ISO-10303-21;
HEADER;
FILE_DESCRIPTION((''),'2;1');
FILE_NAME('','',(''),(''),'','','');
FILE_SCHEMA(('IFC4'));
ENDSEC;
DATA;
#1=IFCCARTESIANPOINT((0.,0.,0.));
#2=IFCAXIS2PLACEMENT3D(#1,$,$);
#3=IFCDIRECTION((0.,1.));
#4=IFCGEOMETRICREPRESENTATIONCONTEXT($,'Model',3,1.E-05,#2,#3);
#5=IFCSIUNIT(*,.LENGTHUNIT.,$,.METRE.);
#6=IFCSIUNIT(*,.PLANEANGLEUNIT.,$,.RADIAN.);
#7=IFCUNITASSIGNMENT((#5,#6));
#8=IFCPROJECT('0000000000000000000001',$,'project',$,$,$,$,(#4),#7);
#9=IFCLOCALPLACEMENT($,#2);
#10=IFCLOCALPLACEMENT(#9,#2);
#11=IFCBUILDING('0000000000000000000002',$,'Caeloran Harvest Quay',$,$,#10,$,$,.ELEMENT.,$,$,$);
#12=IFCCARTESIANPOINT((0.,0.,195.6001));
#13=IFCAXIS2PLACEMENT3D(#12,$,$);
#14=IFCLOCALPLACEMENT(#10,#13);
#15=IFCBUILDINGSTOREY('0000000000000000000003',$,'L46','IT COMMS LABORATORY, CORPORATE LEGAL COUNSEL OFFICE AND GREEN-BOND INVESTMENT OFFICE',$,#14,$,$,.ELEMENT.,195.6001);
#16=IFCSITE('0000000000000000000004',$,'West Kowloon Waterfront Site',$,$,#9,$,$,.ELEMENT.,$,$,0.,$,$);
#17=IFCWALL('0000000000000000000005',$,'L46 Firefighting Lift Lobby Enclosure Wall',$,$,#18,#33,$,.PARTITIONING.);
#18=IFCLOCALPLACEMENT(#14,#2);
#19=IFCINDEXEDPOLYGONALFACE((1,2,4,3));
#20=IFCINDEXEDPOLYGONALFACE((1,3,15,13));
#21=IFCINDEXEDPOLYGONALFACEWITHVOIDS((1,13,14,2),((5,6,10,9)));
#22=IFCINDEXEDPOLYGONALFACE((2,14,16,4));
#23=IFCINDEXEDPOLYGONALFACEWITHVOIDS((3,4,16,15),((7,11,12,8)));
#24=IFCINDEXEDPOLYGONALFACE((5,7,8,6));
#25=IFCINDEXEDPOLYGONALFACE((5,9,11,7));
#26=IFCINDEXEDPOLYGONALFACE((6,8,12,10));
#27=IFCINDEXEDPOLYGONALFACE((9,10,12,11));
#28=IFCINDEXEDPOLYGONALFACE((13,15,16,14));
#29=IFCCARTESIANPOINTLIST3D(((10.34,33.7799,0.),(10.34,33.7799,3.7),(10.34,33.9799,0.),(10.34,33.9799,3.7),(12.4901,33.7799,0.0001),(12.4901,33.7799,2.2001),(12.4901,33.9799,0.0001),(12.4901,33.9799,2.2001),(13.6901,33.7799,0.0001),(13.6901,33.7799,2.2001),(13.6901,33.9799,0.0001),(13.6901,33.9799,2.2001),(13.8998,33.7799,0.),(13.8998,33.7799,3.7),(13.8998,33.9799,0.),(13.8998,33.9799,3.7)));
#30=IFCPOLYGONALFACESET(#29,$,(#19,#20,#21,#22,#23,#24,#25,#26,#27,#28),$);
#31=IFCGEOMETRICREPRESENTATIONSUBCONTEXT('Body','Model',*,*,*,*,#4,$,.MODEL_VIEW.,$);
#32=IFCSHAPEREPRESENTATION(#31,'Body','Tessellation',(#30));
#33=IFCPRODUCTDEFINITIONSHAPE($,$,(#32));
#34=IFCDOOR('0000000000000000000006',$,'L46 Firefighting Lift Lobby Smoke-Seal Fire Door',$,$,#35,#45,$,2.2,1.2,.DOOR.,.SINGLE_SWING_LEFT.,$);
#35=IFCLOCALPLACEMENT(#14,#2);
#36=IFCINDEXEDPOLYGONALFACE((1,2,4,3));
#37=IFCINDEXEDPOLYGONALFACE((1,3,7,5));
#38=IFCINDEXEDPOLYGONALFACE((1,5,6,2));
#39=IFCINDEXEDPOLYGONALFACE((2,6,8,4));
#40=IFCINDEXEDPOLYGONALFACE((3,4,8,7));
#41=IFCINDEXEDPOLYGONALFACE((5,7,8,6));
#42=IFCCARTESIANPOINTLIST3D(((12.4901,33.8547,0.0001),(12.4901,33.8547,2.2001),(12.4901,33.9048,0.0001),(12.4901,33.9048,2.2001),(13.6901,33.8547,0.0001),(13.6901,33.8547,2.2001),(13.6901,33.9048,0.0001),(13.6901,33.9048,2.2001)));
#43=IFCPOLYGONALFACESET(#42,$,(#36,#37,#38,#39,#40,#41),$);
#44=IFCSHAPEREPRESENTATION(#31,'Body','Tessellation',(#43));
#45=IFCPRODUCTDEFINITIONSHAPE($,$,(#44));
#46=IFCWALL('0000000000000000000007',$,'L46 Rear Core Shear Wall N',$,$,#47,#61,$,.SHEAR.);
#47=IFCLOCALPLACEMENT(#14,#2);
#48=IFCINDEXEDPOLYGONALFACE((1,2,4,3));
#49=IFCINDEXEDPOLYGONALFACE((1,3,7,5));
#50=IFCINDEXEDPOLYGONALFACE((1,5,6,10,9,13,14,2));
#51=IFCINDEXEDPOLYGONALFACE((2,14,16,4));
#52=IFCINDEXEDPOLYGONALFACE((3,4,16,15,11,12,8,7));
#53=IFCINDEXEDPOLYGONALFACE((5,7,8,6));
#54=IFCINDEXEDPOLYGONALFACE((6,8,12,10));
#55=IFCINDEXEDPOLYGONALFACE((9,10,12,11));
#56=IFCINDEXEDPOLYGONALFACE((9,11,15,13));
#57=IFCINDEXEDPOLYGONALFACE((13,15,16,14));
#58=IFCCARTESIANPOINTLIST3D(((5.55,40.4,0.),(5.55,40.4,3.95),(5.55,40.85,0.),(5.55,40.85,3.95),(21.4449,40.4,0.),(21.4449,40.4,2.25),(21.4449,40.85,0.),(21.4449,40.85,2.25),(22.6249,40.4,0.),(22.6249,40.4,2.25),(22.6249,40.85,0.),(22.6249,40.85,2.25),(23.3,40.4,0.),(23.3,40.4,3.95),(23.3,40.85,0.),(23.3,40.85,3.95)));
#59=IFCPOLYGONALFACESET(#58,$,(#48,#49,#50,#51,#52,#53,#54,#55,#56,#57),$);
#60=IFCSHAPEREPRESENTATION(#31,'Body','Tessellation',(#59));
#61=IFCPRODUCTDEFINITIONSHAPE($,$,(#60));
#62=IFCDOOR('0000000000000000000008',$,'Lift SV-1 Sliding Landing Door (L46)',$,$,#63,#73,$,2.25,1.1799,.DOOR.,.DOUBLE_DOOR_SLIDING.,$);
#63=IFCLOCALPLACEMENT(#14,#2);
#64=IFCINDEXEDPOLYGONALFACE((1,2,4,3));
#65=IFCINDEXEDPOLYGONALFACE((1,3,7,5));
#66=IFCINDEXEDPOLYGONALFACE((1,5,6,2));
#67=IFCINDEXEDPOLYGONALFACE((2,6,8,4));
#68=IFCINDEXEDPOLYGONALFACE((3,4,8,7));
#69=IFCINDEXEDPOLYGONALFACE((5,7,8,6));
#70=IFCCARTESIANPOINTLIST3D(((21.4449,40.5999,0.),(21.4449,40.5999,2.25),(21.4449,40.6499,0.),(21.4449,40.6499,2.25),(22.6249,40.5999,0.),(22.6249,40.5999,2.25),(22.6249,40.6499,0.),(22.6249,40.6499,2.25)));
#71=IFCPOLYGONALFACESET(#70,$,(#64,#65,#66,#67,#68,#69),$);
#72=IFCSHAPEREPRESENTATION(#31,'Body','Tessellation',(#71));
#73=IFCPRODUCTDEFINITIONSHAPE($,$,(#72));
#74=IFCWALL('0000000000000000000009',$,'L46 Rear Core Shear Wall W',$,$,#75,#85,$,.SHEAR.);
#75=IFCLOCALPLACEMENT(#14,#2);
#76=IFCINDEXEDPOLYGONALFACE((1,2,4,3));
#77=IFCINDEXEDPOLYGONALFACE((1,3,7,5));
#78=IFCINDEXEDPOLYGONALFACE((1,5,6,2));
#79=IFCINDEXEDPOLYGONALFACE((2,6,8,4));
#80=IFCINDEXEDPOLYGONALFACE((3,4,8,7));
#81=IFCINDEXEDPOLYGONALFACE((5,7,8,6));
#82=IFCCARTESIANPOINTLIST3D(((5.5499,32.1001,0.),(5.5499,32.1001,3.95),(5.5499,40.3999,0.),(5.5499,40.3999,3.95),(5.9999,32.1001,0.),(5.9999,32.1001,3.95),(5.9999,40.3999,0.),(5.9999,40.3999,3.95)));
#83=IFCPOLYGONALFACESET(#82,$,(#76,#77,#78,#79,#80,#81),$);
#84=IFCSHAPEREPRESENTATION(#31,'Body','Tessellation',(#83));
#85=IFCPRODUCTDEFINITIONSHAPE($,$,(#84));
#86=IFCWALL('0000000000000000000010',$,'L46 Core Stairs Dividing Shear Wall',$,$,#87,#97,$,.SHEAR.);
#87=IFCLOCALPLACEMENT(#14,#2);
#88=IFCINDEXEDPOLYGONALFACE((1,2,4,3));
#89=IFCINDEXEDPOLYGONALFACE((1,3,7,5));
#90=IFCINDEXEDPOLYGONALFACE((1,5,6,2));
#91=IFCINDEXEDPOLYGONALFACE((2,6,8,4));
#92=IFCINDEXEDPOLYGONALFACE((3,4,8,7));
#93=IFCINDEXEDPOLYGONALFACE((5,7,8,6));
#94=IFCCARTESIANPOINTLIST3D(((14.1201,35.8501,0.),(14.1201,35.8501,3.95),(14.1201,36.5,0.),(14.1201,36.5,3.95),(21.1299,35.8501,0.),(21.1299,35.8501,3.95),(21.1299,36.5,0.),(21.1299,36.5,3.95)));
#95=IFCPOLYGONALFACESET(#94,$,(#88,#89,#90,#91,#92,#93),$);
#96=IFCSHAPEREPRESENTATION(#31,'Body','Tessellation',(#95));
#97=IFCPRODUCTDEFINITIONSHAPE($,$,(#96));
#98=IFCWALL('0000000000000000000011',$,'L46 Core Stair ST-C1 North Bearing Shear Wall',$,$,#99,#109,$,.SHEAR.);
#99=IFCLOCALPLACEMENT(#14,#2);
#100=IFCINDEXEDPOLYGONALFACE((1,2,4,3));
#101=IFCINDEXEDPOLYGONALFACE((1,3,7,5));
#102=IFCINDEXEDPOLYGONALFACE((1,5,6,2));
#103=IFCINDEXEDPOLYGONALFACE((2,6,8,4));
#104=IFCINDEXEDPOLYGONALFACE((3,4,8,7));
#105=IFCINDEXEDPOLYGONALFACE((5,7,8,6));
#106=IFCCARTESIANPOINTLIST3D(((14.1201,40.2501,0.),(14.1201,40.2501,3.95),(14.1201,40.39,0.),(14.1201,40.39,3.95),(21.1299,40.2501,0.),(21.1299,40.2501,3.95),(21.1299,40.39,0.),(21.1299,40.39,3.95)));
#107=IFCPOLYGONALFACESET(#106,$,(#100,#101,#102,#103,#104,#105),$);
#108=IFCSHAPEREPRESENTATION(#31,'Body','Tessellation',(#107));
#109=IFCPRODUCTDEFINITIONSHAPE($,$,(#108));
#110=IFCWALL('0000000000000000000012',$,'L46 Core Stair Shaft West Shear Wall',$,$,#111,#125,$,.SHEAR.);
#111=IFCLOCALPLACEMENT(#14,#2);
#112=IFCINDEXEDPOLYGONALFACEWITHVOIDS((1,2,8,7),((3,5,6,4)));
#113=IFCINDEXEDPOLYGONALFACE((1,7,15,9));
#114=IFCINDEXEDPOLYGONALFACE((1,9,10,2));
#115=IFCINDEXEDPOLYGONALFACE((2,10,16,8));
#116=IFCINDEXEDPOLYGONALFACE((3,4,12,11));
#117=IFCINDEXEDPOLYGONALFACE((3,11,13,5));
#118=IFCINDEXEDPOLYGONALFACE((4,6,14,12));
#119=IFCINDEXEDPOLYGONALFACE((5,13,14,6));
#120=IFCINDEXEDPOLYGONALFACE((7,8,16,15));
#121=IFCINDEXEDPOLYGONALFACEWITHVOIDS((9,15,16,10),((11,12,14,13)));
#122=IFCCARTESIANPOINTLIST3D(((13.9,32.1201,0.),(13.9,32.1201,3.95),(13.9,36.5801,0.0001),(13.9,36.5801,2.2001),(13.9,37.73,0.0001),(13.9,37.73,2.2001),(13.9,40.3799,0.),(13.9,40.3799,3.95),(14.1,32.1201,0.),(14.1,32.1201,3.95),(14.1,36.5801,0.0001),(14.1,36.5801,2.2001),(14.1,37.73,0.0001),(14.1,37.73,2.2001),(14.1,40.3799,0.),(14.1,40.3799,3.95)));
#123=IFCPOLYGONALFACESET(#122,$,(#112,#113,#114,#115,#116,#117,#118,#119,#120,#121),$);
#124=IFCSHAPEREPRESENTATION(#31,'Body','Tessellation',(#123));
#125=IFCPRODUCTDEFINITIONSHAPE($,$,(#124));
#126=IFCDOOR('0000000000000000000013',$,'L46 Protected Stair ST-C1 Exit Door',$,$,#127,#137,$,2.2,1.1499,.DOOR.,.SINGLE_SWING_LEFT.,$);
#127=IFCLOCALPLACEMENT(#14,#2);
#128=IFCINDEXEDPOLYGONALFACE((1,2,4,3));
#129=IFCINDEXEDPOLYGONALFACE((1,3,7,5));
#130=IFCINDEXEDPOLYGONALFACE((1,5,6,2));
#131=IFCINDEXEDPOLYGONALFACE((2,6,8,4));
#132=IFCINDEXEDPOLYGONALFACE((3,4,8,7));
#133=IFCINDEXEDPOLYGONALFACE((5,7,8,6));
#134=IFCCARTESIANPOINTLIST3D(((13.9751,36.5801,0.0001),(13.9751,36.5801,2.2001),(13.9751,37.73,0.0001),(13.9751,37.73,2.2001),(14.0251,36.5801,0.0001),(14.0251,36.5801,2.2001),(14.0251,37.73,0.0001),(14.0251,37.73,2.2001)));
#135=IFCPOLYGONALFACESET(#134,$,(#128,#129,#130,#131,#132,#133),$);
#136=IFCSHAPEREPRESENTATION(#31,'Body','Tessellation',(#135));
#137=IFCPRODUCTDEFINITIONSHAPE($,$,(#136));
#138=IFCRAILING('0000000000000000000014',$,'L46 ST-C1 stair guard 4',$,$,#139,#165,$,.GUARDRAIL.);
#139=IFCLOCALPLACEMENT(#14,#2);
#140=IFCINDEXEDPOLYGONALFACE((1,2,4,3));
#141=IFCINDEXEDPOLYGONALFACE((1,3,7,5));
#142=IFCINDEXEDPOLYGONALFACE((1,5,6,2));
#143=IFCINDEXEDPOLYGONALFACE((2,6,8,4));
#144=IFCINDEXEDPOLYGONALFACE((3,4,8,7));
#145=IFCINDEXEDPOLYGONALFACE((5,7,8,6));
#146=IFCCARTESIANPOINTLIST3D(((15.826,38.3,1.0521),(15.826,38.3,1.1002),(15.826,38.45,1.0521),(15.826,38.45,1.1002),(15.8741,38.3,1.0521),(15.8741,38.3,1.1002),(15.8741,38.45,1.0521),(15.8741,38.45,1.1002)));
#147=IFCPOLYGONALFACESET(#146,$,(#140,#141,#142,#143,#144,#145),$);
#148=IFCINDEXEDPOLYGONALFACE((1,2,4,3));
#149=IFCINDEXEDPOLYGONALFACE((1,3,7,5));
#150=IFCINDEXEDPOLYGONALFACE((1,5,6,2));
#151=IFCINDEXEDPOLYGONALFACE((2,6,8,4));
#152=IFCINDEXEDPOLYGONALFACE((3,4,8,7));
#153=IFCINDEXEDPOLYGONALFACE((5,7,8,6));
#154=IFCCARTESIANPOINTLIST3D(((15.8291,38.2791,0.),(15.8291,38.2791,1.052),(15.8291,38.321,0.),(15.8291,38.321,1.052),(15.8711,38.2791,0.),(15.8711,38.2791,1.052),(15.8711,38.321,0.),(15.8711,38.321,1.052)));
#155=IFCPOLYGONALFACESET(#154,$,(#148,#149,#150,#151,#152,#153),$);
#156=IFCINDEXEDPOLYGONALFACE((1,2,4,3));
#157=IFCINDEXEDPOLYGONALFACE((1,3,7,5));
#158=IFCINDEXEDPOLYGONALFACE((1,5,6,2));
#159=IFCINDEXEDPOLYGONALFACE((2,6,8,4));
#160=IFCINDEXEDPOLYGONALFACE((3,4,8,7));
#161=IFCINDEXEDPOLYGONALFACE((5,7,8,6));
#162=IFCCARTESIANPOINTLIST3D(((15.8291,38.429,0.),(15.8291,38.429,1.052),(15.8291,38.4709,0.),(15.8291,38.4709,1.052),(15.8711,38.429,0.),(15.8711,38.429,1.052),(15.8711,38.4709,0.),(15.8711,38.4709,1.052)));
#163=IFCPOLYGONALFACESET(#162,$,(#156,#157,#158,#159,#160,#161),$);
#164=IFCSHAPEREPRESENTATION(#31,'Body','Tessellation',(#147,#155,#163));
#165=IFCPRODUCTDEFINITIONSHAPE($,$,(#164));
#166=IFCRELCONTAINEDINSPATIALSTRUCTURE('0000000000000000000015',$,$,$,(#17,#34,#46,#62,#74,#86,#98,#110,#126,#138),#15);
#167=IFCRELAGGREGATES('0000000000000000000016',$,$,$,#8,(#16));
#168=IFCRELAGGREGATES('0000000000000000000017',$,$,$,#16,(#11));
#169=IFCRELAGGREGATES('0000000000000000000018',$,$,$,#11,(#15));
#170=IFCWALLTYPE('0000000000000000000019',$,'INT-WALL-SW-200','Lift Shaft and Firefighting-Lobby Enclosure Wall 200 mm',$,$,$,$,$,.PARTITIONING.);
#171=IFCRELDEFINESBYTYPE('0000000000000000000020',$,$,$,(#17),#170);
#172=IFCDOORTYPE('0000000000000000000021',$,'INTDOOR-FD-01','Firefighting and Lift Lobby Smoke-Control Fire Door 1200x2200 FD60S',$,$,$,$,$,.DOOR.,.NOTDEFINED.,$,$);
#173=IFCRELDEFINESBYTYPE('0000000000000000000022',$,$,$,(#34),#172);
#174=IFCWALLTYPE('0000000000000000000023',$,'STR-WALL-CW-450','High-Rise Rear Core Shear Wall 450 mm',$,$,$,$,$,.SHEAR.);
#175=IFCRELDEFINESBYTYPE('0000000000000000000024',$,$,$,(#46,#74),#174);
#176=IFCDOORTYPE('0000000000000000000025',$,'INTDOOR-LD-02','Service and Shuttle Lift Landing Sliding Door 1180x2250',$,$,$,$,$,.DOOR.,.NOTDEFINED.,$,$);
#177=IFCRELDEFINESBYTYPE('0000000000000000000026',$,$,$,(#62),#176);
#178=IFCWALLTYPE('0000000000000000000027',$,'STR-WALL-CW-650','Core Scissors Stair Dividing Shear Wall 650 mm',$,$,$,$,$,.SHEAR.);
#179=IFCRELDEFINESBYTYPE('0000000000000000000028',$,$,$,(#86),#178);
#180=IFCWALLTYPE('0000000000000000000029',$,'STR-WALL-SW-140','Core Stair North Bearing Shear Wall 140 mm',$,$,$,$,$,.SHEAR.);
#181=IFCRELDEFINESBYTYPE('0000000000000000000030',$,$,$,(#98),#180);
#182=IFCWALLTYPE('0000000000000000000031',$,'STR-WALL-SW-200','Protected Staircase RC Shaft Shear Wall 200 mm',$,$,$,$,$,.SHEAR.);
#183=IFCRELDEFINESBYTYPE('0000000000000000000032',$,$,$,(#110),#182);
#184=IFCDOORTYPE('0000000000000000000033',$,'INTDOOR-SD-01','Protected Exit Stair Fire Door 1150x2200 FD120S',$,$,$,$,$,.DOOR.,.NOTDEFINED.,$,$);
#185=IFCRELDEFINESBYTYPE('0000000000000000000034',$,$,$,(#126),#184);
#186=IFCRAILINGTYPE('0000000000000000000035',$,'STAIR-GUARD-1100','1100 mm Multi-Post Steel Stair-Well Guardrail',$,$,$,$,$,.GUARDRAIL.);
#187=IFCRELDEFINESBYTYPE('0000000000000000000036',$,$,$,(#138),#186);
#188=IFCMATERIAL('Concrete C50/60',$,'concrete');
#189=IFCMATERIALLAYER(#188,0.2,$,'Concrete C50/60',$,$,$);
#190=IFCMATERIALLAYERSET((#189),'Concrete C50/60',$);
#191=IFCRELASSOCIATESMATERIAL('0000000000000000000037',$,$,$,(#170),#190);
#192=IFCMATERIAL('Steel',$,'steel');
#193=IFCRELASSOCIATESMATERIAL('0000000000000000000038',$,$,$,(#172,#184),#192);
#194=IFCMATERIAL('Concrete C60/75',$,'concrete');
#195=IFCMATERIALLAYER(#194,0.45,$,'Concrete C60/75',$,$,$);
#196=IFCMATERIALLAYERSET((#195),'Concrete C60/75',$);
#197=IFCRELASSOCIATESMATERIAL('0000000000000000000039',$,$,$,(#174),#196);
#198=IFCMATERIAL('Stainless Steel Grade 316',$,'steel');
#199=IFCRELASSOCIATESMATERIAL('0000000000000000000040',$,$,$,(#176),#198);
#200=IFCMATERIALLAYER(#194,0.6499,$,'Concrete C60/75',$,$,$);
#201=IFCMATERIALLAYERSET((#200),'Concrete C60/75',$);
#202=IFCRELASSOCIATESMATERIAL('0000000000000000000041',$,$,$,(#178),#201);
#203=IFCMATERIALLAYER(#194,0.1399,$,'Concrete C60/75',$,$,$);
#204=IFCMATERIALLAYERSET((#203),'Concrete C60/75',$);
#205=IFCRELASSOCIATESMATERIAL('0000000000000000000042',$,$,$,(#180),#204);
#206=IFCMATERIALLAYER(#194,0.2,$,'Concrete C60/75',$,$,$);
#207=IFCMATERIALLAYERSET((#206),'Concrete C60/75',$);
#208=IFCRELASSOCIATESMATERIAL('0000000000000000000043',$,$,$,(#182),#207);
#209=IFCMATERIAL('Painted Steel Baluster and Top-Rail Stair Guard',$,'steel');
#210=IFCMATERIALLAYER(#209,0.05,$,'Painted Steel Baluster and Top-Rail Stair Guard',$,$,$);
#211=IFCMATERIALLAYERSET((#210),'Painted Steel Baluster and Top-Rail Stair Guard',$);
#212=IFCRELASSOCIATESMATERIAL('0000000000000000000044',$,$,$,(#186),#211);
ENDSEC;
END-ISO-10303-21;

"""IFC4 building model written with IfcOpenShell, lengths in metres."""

from ifc_helpers import new_model, si_unit, direction, frame, frame_2d, origin, origin_2d, place, context, subcontext, project, spatial, rectangle, extrude, material, layer, layer_set, type_object, element, fill, save


model = new_model("IFC4")

# Units and contexts
model_context = context("Model", 3, precision=1e-05, world=origin(), true_north=direction((0.0, 1.0)))
body_context = subcontext(model_context, "Body", "Model", "MODEL_VIEW")
ifc_project = project(units=[si_unit("LENGTHUNIT", "METRE"), si_unit("PLANEANGLEUNIT", "RADIAN")], contexts=[model_context])

# Site, building, storey
site_placement = place(None, origin())
site = spatial("IfcSite", under=ifc_project, at=site_placement, Name="West Kowloon Waterfront Site", CompositionType="ELEMENT", RefElevation=0.0)
building_placement = place(site_placement, origin())
building = spatial("IfcBuilding", under=site, at=building_placement, Name="Caeloran Harvest Quay", CompositionType="ELEMENT")
storey_placement = place(building_placement, frame((0.0, 0.0, 195.6001)))
storey = spatial("IfcBuildingStorey", under=building, at=storey_placement, Name="L46", Description="IT COMMS LABORATORY, CORPORATE LEGAL COUNSEL OFFICE AND GREEN-BOND INVESTMENT OFFICE", CompositionType="ELEMENT", Elevation=195.6001)

# Shared definitions
ifc_material_1 = material(Name="Concrete C60/75", Category="concrete")

# Shared definitions
ifc_material_2 = material(Name="Concrete C50/60", Category="concrete")
ifc_layer_1 = layer(ifc_material_2, 0.2, Name="Concrete C50/60")
ifc_layer_set_1 = layer_set([ifc_layer_1], Name="Concrete C50/60")
wall_type_1 = type_object("IfcWallType", Name="INT-WALL-SW-200", Description="Lift Shaft and Firefighting-Lobby Enclosure Wall 200 mm", PredefinedType="PARTITIONING", material=ifc_layer_set_1)
ifc_material_3 = material(Name="Stainless Steel Grade 316", Category="steel")

# Walls, openings, doors
wall_1_placement = place(storey_placement, frame((10.3401, 33.8799, 0.0), z_axis=(0.0, 0.0, 1.0), x_axis=(1.0, 0.0, 0.0)))
wall_1 = element("IfcWall", 1, at=wall_1_placement, inside=storey, type_object=wall_type_1, Name="L46 Firefighting Lift Lobby Enclosure Wall", PredefinedType="PARTITIONING", context=body_context, shape_type="SweptSolid", body=[
    extrude(rectangle(XDim=3.5598, YDim=0.2, at=frame_2d((1.7798, 0.0))), origin(), (0.0, 0.0, 1.0), 3.7),
])
opening_1_placement = place(wall_1_placement, frame((2.1499, 0.0, 0.0)))
opening_1 = element("IfcOpeningElement", 2, at=opening_1_placement, cuts=wall_1, PredefinedType="OPENING", context=body_context, shape_type="SweptSolid", body=[
    extrude(rectangle(XDim=1.2, YDim=2.2, at=frame_2d((0.6001, 1.1001))), frame((0.0, 0.1099, 0.0), z_axis=(0.0, -1.0, 0.0), x_axis=(1.0, 0.0, 0.0)), (0.0, 0.0, 1.0), 0.22),
])
ifc_material_4 = material(Name="Steel", Category="steel")
door_type_1 = type_object("IfcDoorType", Name="INTDOOR-FD-01", Description="Firefighting and Lift Lobby Smoke-Control Fire Door 1200x2200 FD60S", OperationType="NOTDEFINED", PredefinedType="DOOR", material=ifc_material_4)
door_1_placement = place(opening_1_placement, origin())
door_1 = element("IfcDoor", 3, at=door_1_placement, inside=storey, type_object=door_type_1, Name="L46 Firefighting Lift Lobby Smoke-Seal Fire Door", OperationType="SINGLE_SWING_LEFT", OverallHeight=2.2, OverallWidth=1.2, PredefinedType="DOOR", context=body_context, shape_type="SweptSolid", body=[
    extrude(rectangle(XDim=1.2, YDim=2.2, at=frame_2d((0.6001, 1.1001))), frame((0.0, 0.0249, 0.0), z_axis=(0.0, -1.0, 0.0), x_axis=(1.0, 0.0, 0.0)), (0.0, 0.0, 1.0), 0.05),
])
fill(opening_1, door_1)
ifc_layer_2 = layer(ifc_material_1, 0.45, Name="Concrete C60/75")
ifc_layer_set_2 = layer_set([ifc_layer_2], Name="Concrete C60/75")
wall_type_2 = type_object("IfcWallType", Name="STR-WALL-CW-450", Description="High-Rise Rear Core Shear Wall 450 mm", PredefinedType="SHEAR", material=ifc_layer_set_2)
wall_2_placement = place(storey_placement, frame((5.55, 40.625, 0.0), z_axis=(0.0, 0.0, 1.0), x_axis=(1.0, 0.0, 0.0)))
wall_2 = element("IfcWall", 4, at=wall_2_placement, inside=storey, type_object=wall_type_2, Name="L46 Rear Core Shear Wall N", PredefinedType="SHEAR", context=body_context, shape_type="SweptSolid", body=[
    extrude(rectangle(XDim=17.75, YDim=0.45, at=frame_2d((8.875, 0.0))), origin(), (0.0, 0.0, 1.0), 3.95),
])
opening_2_placement = place(wall_2_placement, frame((15.895, 0.0, 0.0)))
opening_2 = element("IfcOpeningElement", 5, at=opening_2_placement, cuts=wall_2, PredefinedType="OPENING", context=body_context, shape_type="SweptSolid", body=[
    extrude(rectangle(XDim=1.1799, YDim=2.25, at=frame_2d((0.5898, 1.125))), frame((0.0, 0.2349, 0.0), z_axis=(0.0, -1.0, 0.0), x_axis=(1.0, 0.0, 0.0)), (0.0, 0.0, 1.0), 0.47),
])
door_type_2 = type_object("IfcDoorType", Name="INTDOOR-LD-02", Description="Service and Shuttle Lift Landing Sliding Door 1180x2250", OperationType="NOTDEFINED", PredefinedType="DOOR", material=ifc_material_3)
door_2_placement = place(opening_2_placement, origin())
door_2 = element("IfcDoor", 6, at=door_2_placement, inside=storey, type_object=door_type_2, Name="Lift SV-1 Sliding Landing Door (L46)", OperationType="DOUBLE_DOOR_SLIDING", OverallHeight=2.25, OverallWidth=1.1799, PredefinedType="DOOR", context=body_context, shape_type="SweptSolid", body=[
    extrude(rectangle(XDim=1.1799, YDim=2.25, at=frame_2d((0.5898, 1.125))), frame((0.0, 0.0249, 0.0), z_axis=(0.0, -1.0, 0.0), x_axis=(1.0, 0.0, 0.0)), (0.0, 0.0, 1.0), 0.05),
])
fill(opening_2, door_2)

# Walls
wall_3_placement = place(storey_placement, frame((5.7749, 32.1001, 0.0), z_axis=(0.0, 0.0, 1.0), x_axis=(0.0, 1.0, 0.0)))
element("IfcWall", 7, at=wall_3_placement, inside=storey, type_object=wall_type_2, Name="L46 Rear Core Shear Wall W", PredefinedType="SHEAR", context=body_context, shape_type="SweptSolid", body=[
    extrude(rectangle(XDim=8.2998, YDim=0.45, at=frame_2d((4.1499, 0.0))), origin(), (0.0, 0.0, 1.0), 3.95),
])
ifc_layer_3 = layer(ifc_material_1, 0.6499, Name="Concrete C60/75")
ifc_layer_set_3 = layer_set([ifc_layer_3], Name="Concrete C60/75")
wall_type_3 = type_object("IfcWallType", Name="STR-WALL-CW-650", Description="Core Scissors Stair Dividing Shear Wall 650 mm", PredefinedType="SHEAR", material=ifc_layer_set_3)
wall_4_placement = place(storey_placement, frame((14.1201, 36.175, 0.0), z_axis=(0.0, 0.0, 1.0), x_axis=(1.0, 0.0, 0.0)))
element("IfcWall", 8, at=wall_4_placement, inside=storey, type_object=wall_type_3, Name="L46 Core Stairs Dividing Shear Wall", PredefinedType="SHEAR", context=body_context, shape_type="SweptSolid", body=[
    extrude(rectangle(XDim=7.0098, YDim=0.6499, at=frame_2d((3.5049, 0.0))), origin(), (0.0, 0.0, 1.0), 3.95),
])
ifc_layer_4 = layer(ifc_material_1, 0.1399, Name="Concrete C60/75")
ifc_layer_set_4 = layer_set([ifc_layer_4], Name="Concrete C60/75")
wall_type_4 = type_object("IfcWallType", Name="STR-WALL-SW-140", Description="Core Stair North Bearing Shear Wall 140 mm", PredefinedType="SHEAR", material=ifc_layer_set_4)
wall_5_placement = place(storey_placement, frame((14.1201, 40.3201, 0.0), z_axis=(0.0, 0.0, 1.0), x_axis=(1.0, 0.0, 0.0)))
element("IfcWall", 9, at=wall_5_placement, inside=storey, type_object=wall_type_4, Name="L46 Core Stair ST-C1 North Bearing Shear Wall", PredefinedType="SHEAR", context=body_context, shape_type="SweptSolid", body=[
    extrude(rectangle(XDim=7.0098, YDim=0.1399, at=frame_2d((3.5049, 0.0))), origin(), (0.0, 0.0, 1.0), 3.95),
])

# Wall, opening, door
ifc_layer_5 = layer(ifc_material_1, 0.2, Name="Concrete C60/75")
ifc_layer_set_5 = layer_set([ifc_layer_5], Name="Concrete C60/75")
wall_type_5 = type_object("IfcWallType", Name="STR-WALL-SW-200", Description="Protected Staircase RC Shaft Shear Wall 200 mm", PredefinedType="SHEAR", material=ifc_layer_set_5)
wall_6_placement = place(storey_placement, frame((14.0, 32.1201, 0.0), z_axis=(0.0, 0.0, 1.0), x_axis=(0.0, 1.0, 0.0)))
wall_6 = element("IfcWall", 10, at=wall_6_placement, inside=storey, type_object=wall_type_5, Name="L46 Core Stair Shaft West Shear Wall", PredefinedType="SHEAR", context=body_context, shape_type="SweptSolid", body=[
    extrude(rectangle(XDim=8.2598, YDim=0.2, at=frame_2d((4.1299, 0.0))), origin(), (0.0, 0.0, 1.0), 3.95),
])
opening_3_placement = place(wall_6_placement, frame((4.46, 0.0, 0.0)))
opening_3 = element("IfcOpeningElement", 11, at=opening_3_placement, cuts=wall_6, PredefinedType="OPENING", context=body_context, shape_type="SweptSolid", body=[
    extrude(rectangle(XDim=1.1499, YDim=2.2, at=frame_2d((0.575, 1.1001))), frame((0.0, 0.1099, 0.0), z_axis=(0.0, -1.0, 0.0), x_axis=(1.0, 0.0, 0.0)), (0.0, 0.0, 1.0), 0.22),
])
door_type_3 = type_object("IfcDoorType", Name="INTDOOR-SD-01", Description="Protected Exit Stair Fire Door 1150x2200 FD120S", OperationType="NOTDEFINED", PredefinedType="DOOR", material=ifc_material_4)
door_3_placement = place(opening_3_placement, origin())
door_3 = element("IfcDoor", 12, at=door_3_placement, inside=storey, type_object=door_type_3, Name="L46 Protected Stair ST-C1 Exit Door", OperationType="SINGLE_SWING_LEFT", OverallHeight=2.2, OverallWidth=1.1499, PredefinedType="DOOR", context=body_context, shape_type="SweptSolid", body=[
    extrude(rectangle(XDim=1.1499, YDim=2.2, at=frame_2d((0.575, 1.1001))), frame((0.0, 0.0249, 0.0), z_axis=(0.0, -1.0, 0.0), x_axis=(1.0, 0.0, 0.0)), (0.0, 0.0, 1.0), 0.05),
])
fill(opening_3, door_3)

# Railing
ifc_material_5 = material(Name="Painted Steel Baluster and Top-Rail Stair Guard", Category="steel")
ifc_layer_6 = layer(ifc_material_5, 0.05, Name="Painted Steel Baluster and Top-Rail Stair Guard")
ifc_layer_set_6 = layer_set([ifc_layer_6], Name="Painted Steel Baluster and Top-Rail Stair Guard")
railing_type = type_object("IfcRailingType", Name="STAIR-GUARD-1100", Description="1100 mm Multi-Post Steel Stair-Well Guardrail", PredefinedType="GUARDRAIL", material=ifc_layer_set_6)
railing_1_placement = place(storey_placement, frame((15.8501, 38.3, 0.0)))
element("IfcRailing", 13, at=railing_1_placement, inside=storey, type_object=railing_type, Name="L46 ST-C1 stair guard 4", PredefinedType="GUARDRAIL", context=body_context, shape_type="SweptSolid", body=[
    extrude(rectangle(XDim=0.0481, YDim=0.0481, at=origin_2d()), frame((0.0, 0.0, 1.0762), z_axis=(0.0, 1.0, 0.0), x_axis=(-1.0, 0.0, 0.0)), (0.0, 0.0, 1.0), 0.1499),
    extrude(rectangle(XDim=0.042, YDim=0.042, at=origin_2d()), origin(), (0.0, 0.0, 1.0), 1.052),
    extrude(rectangle(XDim=0.042, YDim=0.042, at=origin_2d()), frame((0.0, 0.1499, 0.0)), (0.0, 0.0, 1.0), 1.052),
])

save(model, "model.ifc")
